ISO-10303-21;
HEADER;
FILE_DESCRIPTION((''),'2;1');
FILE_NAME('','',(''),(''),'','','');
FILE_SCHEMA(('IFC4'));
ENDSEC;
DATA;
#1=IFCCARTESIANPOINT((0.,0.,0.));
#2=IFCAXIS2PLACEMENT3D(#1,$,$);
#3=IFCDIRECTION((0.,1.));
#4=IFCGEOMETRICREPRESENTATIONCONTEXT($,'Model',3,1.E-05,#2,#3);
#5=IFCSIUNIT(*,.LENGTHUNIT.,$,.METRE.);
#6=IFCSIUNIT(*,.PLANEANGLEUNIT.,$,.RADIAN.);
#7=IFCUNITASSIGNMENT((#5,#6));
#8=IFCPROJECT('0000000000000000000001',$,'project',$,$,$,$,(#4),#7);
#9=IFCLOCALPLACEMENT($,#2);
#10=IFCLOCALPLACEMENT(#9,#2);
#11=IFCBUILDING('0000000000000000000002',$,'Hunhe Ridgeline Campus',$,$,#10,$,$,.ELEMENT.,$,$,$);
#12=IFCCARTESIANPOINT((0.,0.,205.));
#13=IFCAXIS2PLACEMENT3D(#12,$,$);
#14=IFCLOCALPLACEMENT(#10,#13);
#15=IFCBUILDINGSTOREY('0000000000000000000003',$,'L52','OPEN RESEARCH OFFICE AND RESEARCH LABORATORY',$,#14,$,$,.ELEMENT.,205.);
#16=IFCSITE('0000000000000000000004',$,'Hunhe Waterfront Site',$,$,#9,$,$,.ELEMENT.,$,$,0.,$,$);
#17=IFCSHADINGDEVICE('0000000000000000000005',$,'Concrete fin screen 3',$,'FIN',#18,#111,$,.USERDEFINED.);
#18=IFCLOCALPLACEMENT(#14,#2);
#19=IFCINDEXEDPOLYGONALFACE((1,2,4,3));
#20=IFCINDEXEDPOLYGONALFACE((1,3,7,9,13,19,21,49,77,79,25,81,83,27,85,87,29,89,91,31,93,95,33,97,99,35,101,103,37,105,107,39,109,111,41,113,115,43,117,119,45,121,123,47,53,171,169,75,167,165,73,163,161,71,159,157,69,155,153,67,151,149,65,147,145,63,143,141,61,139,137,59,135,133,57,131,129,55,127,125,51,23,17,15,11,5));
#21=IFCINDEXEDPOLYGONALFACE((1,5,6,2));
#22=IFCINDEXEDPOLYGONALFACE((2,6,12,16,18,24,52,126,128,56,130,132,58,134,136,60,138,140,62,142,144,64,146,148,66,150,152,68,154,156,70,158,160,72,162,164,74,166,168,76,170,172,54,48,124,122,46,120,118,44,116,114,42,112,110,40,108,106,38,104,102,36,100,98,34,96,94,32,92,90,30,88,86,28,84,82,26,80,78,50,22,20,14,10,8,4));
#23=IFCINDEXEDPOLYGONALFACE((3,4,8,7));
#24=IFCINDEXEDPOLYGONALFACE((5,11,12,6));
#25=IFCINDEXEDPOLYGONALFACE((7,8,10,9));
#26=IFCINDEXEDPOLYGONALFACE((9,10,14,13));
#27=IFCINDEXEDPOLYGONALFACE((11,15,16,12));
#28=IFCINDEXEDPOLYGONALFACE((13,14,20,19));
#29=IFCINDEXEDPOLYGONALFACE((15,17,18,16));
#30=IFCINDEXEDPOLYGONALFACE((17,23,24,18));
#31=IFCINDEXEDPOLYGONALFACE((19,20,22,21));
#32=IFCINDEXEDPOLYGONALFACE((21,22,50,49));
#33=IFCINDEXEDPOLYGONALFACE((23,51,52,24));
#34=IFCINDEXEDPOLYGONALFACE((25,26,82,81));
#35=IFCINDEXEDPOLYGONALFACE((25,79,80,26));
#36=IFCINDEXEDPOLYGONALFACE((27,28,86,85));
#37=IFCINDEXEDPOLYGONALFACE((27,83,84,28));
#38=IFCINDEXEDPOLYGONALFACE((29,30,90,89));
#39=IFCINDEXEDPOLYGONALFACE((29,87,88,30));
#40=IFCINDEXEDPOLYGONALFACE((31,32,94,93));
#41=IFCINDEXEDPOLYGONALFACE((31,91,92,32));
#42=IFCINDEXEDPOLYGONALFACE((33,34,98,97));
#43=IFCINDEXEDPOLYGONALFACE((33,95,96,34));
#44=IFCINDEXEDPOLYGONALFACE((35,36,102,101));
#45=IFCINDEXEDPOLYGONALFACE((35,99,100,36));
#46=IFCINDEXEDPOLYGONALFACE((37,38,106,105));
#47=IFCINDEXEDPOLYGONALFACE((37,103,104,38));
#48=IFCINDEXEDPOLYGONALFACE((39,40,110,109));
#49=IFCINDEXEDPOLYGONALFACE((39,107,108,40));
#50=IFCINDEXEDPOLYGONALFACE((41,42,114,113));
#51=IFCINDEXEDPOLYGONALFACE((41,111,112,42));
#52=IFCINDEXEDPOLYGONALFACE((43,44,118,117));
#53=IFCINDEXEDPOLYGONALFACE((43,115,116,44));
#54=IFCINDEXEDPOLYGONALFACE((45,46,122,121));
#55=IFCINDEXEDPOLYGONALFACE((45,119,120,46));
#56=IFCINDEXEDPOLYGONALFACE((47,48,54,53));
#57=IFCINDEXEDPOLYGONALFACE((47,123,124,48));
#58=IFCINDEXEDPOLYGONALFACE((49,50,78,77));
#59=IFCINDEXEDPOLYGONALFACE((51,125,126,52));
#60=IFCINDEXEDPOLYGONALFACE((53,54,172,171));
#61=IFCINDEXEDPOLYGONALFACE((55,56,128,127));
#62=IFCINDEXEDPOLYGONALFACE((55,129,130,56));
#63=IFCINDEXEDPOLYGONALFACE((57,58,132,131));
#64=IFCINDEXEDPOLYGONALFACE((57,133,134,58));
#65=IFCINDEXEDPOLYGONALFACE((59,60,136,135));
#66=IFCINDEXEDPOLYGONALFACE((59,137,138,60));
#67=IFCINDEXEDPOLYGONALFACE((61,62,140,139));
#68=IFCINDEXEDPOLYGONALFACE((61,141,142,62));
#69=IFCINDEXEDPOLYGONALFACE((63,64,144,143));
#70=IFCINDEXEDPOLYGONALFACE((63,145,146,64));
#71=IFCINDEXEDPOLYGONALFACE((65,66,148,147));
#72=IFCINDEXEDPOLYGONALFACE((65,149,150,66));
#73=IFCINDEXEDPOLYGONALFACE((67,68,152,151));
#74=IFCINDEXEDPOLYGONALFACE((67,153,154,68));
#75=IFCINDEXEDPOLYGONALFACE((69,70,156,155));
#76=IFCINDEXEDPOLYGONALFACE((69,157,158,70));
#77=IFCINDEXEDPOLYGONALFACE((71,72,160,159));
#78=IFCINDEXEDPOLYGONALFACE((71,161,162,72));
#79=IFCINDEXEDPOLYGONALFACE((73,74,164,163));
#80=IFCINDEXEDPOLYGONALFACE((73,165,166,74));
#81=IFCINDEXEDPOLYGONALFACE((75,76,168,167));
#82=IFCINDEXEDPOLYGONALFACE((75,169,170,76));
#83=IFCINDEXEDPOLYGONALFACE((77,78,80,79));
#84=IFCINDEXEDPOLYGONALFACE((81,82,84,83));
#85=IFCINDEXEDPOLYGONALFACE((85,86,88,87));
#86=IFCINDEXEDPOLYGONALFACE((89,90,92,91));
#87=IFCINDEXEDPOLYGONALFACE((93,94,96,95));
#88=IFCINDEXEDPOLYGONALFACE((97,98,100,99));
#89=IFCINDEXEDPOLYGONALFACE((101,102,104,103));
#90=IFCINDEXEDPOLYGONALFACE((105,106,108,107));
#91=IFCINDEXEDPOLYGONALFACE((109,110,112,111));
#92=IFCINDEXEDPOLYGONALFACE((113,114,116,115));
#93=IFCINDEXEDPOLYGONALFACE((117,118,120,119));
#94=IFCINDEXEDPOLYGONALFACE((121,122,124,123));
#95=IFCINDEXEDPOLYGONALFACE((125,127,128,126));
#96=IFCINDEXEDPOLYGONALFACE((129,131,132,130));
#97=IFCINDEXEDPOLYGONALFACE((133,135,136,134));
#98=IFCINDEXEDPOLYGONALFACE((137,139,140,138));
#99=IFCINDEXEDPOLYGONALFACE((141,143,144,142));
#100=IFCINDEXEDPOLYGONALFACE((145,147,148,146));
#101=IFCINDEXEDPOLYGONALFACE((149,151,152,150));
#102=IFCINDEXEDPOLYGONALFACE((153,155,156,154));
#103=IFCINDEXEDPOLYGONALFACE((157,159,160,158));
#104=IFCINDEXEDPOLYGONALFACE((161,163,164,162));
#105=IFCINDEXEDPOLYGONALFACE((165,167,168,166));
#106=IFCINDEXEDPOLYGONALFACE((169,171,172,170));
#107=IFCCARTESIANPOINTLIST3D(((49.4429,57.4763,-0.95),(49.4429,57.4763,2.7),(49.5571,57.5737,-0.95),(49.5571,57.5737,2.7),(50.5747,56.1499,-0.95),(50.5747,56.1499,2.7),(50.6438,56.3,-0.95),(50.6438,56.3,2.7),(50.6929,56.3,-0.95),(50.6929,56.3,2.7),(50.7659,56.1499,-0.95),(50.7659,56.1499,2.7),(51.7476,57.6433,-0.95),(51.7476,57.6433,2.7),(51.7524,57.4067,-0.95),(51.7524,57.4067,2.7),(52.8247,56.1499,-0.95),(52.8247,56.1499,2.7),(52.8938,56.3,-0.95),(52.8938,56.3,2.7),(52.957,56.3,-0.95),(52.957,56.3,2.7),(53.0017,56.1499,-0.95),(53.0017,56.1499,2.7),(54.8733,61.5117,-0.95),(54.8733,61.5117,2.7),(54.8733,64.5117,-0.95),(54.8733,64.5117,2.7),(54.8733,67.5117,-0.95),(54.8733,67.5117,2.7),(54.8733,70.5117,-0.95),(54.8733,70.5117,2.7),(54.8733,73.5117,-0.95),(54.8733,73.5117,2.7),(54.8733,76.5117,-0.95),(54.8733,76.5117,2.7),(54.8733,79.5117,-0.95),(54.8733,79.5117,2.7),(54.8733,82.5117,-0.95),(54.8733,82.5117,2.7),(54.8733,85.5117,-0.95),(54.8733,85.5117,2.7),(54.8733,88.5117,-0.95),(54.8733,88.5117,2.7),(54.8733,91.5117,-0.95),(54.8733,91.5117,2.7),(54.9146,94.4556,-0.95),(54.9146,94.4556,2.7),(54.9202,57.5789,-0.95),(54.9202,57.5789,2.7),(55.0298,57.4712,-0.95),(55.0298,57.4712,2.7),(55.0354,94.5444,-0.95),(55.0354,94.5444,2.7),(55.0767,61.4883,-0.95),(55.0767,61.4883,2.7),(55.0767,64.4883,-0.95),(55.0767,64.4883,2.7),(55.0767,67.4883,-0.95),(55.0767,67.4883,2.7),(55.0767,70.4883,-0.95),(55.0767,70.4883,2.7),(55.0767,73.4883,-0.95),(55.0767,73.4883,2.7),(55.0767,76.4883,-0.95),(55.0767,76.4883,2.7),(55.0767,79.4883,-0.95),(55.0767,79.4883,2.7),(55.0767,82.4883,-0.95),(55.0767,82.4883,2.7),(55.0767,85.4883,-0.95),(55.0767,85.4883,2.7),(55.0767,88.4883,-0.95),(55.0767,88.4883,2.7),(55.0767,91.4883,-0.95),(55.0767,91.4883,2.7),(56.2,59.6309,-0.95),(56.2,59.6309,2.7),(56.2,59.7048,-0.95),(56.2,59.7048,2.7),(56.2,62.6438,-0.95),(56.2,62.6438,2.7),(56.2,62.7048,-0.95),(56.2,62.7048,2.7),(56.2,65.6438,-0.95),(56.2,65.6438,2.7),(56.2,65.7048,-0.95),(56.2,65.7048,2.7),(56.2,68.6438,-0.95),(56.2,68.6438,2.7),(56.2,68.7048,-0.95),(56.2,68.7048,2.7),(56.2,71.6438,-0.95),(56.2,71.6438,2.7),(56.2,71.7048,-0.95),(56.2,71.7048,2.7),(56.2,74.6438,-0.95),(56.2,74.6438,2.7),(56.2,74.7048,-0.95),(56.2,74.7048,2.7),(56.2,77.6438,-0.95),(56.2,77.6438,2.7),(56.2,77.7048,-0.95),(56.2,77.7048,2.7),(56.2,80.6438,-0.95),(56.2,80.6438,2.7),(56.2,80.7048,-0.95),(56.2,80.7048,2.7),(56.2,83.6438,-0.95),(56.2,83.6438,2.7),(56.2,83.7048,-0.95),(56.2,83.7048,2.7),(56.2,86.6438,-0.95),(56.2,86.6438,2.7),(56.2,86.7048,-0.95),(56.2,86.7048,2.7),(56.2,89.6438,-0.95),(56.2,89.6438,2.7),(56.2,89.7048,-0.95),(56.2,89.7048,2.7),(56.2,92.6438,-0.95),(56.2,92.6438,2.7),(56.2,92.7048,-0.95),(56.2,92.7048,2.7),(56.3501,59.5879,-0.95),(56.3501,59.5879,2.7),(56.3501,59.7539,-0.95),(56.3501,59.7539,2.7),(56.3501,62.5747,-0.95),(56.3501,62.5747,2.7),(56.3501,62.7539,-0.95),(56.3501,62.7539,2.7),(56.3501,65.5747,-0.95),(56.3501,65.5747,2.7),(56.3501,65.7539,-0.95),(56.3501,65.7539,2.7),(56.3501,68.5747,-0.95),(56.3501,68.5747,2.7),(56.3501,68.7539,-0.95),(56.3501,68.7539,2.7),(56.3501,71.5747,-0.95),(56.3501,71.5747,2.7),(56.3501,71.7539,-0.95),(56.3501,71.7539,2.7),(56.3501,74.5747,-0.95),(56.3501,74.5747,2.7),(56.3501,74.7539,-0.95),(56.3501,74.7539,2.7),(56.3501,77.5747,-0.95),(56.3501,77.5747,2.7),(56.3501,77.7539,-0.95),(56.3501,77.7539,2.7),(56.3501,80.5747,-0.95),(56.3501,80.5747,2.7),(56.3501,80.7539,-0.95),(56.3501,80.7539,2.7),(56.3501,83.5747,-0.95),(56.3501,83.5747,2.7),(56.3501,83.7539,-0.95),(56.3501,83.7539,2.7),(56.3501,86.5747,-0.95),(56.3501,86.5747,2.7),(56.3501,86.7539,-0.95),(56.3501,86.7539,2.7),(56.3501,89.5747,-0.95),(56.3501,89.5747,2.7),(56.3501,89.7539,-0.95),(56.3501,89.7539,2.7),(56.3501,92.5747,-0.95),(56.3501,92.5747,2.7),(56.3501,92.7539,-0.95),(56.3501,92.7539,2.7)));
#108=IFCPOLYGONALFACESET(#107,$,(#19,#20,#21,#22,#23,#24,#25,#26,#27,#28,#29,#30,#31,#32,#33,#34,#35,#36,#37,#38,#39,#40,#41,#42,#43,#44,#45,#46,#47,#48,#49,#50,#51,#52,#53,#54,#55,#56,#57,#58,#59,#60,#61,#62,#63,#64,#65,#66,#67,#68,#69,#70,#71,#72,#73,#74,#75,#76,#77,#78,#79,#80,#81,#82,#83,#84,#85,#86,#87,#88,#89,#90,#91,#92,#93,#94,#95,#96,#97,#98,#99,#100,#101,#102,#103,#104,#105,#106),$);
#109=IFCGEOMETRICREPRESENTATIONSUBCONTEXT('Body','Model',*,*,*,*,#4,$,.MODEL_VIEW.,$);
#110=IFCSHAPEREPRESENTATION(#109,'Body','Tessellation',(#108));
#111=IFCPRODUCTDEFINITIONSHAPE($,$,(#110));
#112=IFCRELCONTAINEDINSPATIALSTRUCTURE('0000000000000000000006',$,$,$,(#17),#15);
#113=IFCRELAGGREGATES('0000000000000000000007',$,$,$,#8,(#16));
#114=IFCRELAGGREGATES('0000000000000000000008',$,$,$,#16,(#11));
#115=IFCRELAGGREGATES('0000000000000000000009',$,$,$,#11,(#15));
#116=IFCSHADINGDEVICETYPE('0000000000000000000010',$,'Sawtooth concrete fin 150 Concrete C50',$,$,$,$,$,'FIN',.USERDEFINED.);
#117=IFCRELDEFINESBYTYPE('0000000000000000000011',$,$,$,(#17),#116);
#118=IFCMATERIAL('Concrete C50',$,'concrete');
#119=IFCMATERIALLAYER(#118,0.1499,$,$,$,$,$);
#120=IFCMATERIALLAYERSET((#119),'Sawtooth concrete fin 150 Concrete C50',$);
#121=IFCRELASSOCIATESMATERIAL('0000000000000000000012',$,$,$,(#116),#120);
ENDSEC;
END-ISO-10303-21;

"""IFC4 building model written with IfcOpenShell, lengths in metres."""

from ifc_helpers import new_model, si_unit, direction, frame, origin, place, context, subcontext, project, spatial, polyline, outline, extrude, material, layer, layer_set, type_object, element, save


model = new_model("IFC4")

# Units and contexts
model_context = context("Model", 3, precision=1e-05, world=origin(), true_north=direction((0.0, 1.0)))
body_context = subcontext(model_context, "Body", "Model", "MODEL_VIEW")
ifc_project = project(units=[si_unit("LENGTHUNIT", "METRE"), si_unit("PLANEANGLEUNIT", "RADIAN")], contexts=[model_context])

# Site, building, storey
site_placement = place(None, origin())
site = spatial("IfcSite", under=ifc_project, at=site_placement, Name="Hunhe Waterfront Site", CompositionType="ELEMENT", RefElevation=0.0)
building_placement = place(site_placement, origin())
building = spatial("IfcBuilding", under=site, at=building_placement, Name="Hunhe Ridgeline Campus", CompositionType="ELEMENT")
storey_placement = place(building_placement, frame((0.0, 0.0, 205.0)))
storey = spatial("IfcBuildingStorey", under=building, at=storey_placement, Name="L52", Description="OPEN RESEARCH OFFICE AND RESEARCH LABORATORY", CompositionType="ELEMENT", Elevation=205.0)

# Shading device
ifc_material_1 = material(Name="Concrete C50", Category="concrete")
ifc_layer_1 = layer(ifc_material_1, 0.1499)
ifc_layer_set_1 = layer_set([ifc_layer_1], Name="Sawtooth concrete fin 150 Concrete C50")
shading_device_type = type_object("IfcShadingDeviceType", Name="Sawtooth concrete fin 150 Concrete C50", ElementType="FIN", PredefinedType="USERDEFINED", material=ifc_layer_set_1)
shading_device_1_placement = place(storey_placement, frame((0.0, 0.0, -0.95)))
element("IfcShadingDevice", 1, at=shading_device_1_placement, inside=storey, type_object=shading_device_type, Name="Concrete fin screen 3", ObjectType="FIN", PredefinedType="USERDEFINED", context=body_context, shape_type="SweptSolid", body=[
    extrude(outline(polyline([(49.5571, 57.5737), (49.4429, 57.4763), (50.5747, 56.1499), (50.7659, 56.1499), (51.7524, 57.4067), (52.8247, 56.1499), (53.0017, 56.1499), (55.0298, 57.4712), (56.3501, 59.5879), (56.3501, 59.7539), (55.0767, 61.4883), (56.3501, 62.5747), (56.3501, 62.7539), (55.0767, 64.4883), (56.3501, 65.5747), (56.3501, 65.7539), (55.0767, 67.4883), (56.3501, 68.5747), (56.3501, 68.7539), (55.0767, 70.4883), (56.3501, 71.5747), (56.3501, 71.7539), (55.0767, 73.4883), (56.3501, 74.5747), (56.3501, 74.7539), (55.0767, 76.4883), (56.3501, 77.5747), (56.3501, 77.7539), (55.0767, 79.4883), (56.3501, 80.5747), (56.3501, 80.7539), (55.0767, 82.4883), (56.3501, 83.5747), (56.3501, 83.7539), (55.0767, 85.4883), (56.3501, 86.5747), (56.3501, 86.7539), (55.0767, 88.4883), (56.3501, 89.5747), (56.3501, 89.7539), (55.0767, 91.4883), (56.3501, 92.5747), (56.3501, 92.7539), (55.0354, 94.5444), (54.9146, 94.4556), (56.2, 92.7048), (56.2, 92.6438), (54.8733, 91.5117), (56.2, 89.7048), (56.2, 89.6438), (54.8733, 88.5117), (56.2, 86.7048), (56.2, 86.6438), (54.8733, 85.5117), (56.2, 83.7048), (56.2, 83.6438), (54.8733, 82.5117), (56.2, 80.7048), (56.2, 80.6438), (54.8733, 79.5117), (56.2, 77.7048), (56.2, 77.6438), (54.8733, 76.5117), (56.2, 74.7048), (56.2, 74.6438), (54.8733, 73.5117), (56.2, 71.7048), (56.2, 71.6438), (54.8733, 70.5117), (56.2, 68.7048), (56.2, 68.6438), (54.8733, 67.5117), (56.2, 65.7048), (56.2, 65.6438), (54.8733, 64.5117), (56.2, 62.7048), (56.2, 62.6438), (54.8733, 61.5117), (56.2, 59.7048), (56.2, 59.6309), (54.9202, 57.5789), (52.957, 56.3), (52.8938, 56.3), (51.7476, 57.6433), (50.6929, 56.3), (50.6438, 56.3), (49.5571, 57.5737)])), origin(), (0.0, 0.0, 1.0), 3.6499),
])

save(model, "model.ifc")
